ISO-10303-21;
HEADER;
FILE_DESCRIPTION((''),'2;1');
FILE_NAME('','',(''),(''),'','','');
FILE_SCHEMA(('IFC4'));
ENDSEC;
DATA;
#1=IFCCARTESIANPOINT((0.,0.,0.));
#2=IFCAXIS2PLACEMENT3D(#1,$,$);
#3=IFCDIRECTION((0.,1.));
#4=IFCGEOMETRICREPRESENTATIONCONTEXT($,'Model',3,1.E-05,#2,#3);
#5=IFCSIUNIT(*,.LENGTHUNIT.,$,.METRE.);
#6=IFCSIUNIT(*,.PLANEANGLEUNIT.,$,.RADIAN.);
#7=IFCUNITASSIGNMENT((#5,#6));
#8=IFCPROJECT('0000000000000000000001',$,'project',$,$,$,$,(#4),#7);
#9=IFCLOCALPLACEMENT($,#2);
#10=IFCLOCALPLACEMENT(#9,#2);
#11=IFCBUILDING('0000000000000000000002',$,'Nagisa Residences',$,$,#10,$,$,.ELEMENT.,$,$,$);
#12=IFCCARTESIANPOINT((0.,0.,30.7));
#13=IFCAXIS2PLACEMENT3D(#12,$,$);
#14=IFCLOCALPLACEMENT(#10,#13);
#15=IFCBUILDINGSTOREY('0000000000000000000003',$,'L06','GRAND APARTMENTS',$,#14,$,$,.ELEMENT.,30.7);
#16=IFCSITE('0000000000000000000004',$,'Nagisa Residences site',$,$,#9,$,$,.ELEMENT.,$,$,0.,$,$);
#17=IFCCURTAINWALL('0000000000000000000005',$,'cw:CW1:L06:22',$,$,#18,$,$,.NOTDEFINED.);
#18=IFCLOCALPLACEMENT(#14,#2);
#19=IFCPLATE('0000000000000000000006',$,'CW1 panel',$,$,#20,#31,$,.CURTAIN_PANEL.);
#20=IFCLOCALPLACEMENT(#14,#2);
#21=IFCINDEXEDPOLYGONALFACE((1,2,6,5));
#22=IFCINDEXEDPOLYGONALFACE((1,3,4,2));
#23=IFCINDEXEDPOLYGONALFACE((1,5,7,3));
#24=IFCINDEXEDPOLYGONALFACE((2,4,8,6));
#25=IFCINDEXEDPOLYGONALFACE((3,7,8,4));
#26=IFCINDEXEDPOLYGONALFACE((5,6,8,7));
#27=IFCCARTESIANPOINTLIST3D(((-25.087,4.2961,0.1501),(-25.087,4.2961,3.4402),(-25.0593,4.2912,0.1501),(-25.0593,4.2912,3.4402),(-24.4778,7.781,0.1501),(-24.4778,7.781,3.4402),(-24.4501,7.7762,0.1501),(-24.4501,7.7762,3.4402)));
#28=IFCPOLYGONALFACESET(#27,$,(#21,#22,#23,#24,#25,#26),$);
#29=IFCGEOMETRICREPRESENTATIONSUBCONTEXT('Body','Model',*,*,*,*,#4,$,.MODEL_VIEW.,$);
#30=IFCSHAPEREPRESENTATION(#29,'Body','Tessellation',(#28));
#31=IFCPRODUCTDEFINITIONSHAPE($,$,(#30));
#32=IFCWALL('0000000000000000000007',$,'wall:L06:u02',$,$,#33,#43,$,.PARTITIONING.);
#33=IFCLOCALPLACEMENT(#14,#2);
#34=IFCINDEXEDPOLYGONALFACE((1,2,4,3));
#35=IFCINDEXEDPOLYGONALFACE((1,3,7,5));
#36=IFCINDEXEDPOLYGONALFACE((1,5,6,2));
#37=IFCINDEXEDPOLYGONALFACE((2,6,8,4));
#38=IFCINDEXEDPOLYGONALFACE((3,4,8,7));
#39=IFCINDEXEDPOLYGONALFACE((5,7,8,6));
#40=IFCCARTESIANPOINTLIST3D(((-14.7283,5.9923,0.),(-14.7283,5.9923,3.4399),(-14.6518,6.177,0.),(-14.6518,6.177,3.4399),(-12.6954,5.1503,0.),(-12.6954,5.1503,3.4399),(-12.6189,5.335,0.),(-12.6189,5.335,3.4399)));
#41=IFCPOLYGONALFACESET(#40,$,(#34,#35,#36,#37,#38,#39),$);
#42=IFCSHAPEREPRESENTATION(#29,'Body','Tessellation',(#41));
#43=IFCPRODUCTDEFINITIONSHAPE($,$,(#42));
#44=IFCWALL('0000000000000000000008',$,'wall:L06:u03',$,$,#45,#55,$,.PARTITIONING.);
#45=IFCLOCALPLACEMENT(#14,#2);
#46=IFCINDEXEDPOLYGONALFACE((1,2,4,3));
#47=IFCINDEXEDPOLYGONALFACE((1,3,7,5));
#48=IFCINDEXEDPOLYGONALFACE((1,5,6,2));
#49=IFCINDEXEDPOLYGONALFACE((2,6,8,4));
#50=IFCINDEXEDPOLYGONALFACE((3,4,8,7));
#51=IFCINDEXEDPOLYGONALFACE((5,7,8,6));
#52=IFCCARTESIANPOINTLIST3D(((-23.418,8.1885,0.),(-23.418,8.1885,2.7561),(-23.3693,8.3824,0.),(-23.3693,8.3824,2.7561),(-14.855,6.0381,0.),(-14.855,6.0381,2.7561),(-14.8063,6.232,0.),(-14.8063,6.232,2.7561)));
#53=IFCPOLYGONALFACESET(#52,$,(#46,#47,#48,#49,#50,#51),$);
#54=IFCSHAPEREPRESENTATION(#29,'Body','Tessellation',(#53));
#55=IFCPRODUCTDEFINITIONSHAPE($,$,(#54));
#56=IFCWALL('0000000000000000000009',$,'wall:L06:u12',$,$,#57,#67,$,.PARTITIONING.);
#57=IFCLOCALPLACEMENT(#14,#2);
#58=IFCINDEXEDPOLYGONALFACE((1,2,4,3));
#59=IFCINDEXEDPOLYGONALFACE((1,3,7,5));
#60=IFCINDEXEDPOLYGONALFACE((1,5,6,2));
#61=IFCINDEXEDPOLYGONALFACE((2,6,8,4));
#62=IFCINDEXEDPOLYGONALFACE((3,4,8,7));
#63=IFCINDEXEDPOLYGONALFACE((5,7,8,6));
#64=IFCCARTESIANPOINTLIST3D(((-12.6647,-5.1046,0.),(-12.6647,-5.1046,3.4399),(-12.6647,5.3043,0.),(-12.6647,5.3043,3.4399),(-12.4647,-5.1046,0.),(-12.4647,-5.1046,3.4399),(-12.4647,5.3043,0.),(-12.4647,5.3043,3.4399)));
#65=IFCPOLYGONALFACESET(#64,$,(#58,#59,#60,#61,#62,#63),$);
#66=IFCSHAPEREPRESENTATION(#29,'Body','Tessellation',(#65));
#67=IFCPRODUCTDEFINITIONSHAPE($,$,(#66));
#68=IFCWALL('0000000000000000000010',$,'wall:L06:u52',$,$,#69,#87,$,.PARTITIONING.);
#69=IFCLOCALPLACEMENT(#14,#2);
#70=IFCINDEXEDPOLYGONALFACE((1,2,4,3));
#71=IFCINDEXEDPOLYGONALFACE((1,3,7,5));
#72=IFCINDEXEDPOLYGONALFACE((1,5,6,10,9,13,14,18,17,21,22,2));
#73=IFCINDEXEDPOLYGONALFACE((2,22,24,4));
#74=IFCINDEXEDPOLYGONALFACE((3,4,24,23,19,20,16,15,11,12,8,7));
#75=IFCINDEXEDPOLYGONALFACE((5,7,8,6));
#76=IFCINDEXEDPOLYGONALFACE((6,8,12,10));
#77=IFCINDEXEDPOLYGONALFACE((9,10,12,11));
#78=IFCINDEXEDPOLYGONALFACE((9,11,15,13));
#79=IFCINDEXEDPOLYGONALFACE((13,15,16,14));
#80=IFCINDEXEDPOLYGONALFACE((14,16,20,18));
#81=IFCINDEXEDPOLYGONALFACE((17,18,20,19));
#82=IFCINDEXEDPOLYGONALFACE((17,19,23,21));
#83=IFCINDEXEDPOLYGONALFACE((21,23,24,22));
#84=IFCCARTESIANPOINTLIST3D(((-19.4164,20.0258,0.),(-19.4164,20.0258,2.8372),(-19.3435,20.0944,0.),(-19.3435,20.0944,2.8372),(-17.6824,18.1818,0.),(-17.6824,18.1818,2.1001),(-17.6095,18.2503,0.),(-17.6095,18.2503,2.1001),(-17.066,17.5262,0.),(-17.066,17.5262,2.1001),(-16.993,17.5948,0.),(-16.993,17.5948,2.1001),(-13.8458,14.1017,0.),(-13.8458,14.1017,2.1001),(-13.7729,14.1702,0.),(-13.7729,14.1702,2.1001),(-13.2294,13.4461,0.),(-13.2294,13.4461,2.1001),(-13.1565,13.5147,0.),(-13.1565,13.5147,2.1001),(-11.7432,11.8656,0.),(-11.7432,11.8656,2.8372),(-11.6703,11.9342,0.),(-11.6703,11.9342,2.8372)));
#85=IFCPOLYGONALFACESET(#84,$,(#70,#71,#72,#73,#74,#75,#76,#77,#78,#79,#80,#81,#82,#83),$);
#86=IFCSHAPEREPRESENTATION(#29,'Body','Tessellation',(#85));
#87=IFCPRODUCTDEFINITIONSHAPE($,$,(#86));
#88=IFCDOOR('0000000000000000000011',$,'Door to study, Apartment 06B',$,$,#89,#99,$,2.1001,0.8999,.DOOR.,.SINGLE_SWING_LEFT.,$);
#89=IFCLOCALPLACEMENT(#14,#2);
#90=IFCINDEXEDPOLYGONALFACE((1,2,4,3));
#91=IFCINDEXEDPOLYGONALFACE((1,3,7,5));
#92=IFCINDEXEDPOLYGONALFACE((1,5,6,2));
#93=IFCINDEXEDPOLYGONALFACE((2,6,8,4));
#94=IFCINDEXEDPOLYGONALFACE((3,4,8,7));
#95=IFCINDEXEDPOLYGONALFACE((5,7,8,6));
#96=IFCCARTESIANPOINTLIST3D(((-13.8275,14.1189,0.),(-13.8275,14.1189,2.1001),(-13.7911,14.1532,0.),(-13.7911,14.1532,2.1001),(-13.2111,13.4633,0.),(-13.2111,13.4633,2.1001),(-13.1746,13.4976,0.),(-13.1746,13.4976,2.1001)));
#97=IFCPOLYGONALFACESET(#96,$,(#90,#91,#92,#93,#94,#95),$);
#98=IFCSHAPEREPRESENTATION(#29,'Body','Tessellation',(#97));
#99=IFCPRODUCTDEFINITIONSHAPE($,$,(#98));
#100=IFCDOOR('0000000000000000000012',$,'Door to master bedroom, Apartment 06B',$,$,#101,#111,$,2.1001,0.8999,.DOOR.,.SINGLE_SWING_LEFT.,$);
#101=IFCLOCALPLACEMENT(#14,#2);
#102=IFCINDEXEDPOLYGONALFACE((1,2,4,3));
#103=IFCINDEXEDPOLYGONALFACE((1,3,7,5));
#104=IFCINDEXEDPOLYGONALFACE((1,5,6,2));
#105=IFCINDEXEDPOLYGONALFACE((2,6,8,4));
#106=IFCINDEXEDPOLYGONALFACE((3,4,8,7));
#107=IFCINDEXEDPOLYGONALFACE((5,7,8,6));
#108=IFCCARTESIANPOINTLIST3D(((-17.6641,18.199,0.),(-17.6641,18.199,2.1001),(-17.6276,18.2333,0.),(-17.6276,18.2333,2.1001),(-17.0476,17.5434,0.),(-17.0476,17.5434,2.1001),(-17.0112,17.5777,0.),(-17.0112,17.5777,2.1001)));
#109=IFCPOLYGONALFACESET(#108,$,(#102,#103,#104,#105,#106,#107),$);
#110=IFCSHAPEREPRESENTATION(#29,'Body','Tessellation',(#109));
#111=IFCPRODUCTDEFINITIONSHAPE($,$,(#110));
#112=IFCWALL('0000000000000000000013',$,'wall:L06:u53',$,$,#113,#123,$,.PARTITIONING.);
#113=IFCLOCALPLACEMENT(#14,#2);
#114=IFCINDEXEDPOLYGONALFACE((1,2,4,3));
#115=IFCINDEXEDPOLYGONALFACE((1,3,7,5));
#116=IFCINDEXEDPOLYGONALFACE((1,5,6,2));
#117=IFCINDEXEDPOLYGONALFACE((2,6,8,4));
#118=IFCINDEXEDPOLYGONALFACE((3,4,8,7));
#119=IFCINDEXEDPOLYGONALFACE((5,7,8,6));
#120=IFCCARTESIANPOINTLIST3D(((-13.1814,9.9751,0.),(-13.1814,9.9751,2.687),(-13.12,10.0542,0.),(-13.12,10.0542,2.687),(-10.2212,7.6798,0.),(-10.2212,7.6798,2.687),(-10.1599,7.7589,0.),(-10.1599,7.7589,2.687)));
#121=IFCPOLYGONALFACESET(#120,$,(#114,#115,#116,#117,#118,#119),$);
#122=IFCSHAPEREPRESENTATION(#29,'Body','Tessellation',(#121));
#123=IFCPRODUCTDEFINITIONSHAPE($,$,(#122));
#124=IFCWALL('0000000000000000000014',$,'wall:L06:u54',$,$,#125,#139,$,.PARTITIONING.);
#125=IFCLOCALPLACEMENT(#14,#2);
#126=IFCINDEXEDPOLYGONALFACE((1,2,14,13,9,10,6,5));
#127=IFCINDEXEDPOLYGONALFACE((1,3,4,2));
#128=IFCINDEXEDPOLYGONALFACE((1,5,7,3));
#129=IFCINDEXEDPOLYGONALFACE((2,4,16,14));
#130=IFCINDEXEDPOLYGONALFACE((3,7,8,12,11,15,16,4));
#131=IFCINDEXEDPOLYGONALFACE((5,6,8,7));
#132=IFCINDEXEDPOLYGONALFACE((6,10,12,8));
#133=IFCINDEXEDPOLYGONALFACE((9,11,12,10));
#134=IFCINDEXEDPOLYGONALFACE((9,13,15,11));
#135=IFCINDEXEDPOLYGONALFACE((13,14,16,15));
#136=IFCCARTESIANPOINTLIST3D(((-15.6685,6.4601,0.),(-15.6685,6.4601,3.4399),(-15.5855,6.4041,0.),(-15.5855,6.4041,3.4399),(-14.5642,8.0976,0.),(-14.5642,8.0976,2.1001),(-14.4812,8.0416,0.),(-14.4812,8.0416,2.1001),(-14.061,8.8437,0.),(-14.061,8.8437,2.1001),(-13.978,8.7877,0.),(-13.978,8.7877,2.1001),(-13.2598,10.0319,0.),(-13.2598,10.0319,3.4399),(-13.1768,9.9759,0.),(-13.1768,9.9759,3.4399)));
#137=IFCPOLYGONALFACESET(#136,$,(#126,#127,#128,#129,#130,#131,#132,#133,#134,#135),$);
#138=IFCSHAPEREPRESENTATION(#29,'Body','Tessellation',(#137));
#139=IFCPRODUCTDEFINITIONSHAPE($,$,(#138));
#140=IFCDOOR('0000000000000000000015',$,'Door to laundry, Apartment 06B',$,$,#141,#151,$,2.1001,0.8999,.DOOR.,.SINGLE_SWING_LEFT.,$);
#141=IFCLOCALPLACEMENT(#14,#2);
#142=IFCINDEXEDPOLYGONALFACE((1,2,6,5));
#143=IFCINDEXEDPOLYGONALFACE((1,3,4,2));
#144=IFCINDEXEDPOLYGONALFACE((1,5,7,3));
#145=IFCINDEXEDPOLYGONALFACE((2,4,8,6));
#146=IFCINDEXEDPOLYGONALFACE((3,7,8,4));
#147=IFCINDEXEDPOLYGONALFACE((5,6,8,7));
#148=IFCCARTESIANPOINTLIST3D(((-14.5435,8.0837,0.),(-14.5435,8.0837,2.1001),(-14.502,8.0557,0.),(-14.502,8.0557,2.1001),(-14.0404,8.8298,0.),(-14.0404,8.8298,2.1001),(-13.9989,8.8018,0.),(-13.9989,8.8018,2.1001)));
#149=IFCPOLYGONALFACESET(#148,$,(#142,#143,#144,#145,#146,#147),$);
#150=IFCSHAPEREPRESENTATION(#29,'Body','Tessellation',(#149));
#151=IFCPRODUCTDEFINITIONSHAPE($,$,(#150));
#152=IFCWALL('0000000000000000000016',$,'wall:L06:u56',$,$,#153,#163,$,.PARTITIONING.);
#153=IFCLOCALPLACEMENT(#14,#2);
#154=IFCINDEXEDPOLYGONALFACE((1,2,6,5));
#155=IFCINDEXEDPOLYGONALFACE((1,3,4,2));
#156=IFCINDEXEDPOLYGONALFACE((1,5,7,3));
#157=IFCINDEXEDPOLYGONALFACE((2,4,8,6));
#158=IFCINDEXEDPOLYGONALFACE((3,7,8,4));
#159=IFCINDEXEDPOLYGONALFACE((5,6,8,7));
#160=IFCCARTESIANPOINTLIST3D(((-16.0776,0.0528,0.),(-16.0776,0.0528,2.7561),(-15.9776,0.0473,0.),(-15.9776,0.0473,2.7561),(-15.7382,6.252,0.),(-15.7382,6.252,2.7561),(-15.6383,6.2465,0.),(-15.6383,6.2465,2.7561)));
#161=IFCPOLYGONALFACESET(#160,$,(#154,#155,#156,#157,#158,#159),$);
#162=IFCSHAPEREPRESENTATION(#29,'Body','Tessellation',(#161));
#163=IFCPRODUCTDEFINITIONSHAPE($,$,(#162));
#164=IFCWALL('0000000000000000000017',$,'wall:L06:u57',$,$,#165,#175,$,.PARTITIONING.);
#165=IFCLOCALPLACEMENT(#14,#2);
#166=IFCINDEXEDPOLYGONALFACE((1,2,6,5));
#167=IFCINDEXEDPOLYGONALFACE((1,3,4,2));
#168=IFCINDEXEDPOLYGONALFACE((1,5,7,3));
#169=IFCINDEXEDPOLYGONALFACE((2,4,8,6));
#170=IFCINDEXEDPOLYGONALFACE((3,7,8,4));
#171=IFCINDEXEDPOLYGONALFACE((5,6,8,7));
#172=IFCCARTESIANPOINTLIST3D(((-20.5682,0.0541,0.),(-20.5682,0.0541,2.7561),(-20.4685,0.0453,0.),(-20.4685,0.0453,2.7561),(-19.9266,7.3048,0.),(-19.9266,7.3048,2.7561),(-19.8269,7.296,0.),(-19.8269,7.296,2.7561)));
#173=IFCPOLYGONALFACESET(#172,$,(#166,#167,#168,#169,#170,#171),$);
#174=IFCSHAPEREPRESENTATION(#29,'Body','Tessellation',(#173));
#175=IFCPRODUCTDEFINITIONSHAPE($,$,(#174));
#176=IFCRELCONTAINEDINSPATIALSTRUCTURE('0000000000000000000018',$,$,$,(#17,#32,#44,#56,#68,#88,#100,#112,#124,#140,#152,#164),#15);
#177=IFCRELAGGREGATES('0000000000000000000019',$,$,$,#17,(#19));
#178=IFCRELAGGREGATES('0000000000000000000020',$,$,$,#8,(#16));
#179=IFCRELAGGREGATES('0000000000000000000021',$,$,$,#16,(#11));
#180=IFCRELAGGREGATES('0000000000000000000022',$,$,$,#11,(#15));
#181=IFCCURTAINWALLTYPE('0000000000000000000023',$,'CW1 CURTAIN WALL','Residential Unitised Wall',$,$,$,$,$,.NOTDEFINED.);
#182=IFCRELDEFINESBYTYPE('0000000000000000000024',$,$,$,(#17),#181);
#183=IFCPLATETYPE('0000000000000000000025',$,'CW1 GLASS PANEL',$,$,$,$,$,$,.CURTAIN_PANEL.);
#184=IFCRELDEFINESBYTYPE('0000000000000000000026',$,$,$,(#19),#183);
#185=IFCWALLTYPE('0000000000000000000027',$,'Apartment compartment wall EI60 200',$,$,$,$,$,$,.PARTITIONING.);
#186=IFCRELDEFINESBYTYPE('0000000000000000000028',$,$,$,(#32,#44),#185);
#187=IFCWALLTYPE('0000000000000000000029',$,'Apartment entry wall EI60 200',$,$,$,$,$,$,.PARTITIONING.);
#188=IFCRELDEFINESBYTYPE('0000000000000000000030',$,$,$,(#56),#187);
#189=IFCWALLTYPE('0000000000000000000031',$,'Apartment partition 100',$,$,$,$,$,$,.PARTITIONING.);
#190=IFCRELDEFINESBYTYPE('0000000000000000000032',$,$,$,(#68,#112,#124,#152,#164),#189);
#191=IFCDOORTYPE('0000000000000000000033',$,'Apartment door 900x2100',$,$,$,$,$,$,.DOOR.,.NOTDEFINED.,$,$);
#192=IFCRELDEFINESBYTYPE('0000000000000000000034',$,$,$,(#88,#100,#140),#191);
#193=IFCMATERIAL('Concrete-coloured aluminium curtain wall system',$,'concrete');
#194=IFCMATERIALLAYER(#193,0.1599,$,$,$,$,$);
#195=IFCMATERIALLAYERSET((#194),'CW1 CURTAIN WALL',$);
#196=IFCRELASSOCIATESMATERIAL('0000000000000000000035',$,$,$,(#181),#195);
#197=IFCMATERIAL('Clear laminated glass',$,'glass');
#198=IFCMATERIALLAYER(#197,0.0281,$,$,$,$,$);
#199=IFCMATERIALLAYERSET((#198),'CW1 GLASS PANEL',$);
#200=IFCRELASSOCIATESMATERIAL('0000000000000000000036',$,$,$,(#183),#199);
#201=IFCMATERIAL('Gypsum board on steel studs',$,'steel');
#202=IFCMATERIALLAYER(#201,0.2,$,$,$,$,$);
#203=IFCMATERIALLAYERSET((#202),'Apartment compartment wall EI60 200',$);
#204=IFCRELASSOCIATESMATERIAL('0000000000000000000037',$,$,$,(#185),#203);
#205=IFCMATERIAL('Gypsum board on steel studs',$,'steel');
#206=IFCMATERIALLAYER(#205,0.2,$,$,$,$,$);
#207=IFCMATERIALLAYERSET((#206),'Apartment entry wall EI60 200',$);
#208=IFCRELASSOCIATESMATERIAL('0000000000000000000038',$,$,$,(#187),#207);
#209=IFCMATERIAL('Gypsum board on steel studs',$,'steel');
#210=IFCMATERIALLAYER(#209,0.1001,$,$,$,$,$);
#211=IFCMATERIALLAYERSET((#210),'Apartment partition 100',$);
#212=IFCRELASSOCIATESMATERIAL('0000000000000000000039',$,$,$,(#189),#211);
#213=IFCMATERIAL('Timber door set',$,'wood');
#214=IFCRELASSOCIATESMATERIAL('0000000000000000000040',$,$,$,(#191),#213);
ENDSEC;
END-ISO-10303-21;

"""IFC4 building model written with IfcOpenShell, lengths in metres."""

from ifc_helpers import new_model, si_unit, direction, frame, frame_2d, origin, origin_2d, place, context, subcontext, project, spatial, rectangle, extrude, material, layer, layer_set, type_object, element, fill, aggregate, save


model = new_model("IFC4")

# Units and contexts
model_context = context("Model", 3, precision=1e-05, world=origin(), true_north=direction((0.0, 1.0)))
body_context = subcontext(model_context, "Body", "Model", "MODEL_VIEW")
ifc_project = project(units=[si_unit("LENGTHUNIT", "METRE"), si_unit("PLANEANGLEUNIT", "RADIAN")], contexts=[model_context])

# Site, building, storey
site_placement = place(None, origin())
site = spatial("IfcSite", under=ifc_project, at=site_placement, Name="Nagisa Residences site", CompositionType="ELEMENT", RefElevation=0.0)
building_placement = place(site_placement, origin())
building = spatial("IfcBuilding", under=site, at=building_placement, Name="Nagisa Residences", CompositionType="ELEMENT")
storey_placement = place(building_placement, frame((0.0, 0.0, 30.7)))
storey = spatial("IfcBuildingStorey", under=building, at=storey_placement, Name="L06", Description="GRAND APARTMENTS", CompositionType="ELEMENT", Elevation=30.7)

# Curtain wall
ifc_material_1 = material(Name="Concrete-coloured aluminium curtain wall system", Category="concrete")
ifc_layer_1 = layer(ifc_material_1, 0.1599)
ifc_layer_set_1 = layer_set([ifc_layer_1], Name="CW1 CURTAIN WALL")
curtain_wall_type = type_object("IfcCurtainWallType", Name="CW1 CURTAIN WALL", Description="Residential Unitised Wall", PredefinedType="NOTDEFINED", material=ifc_layer_set_1)
curtain_wall_1_placement = place(storey_placement, origin())
curtain_wall_1 = element("IfcCurtainWall", 1, at=curtain_wall_1_placement, inside=storey, type_object=curtain_wall_type, Name="cw:CW1:L06:22", PredefinedType="NOTDEFINED")

# Plate
ifc_material_2 = material(Name="Clear laminated glass", Category="glass")
ifc_layer_2 = layer(ifc_material_2, 0.0281)
ifc_layer_set_2 = layer_set([ifc_layer_2], Name="CW1 GLASS PANEL")
plate_type = type_object("IfcPlateType", Name="CW1 GLASS PANEL", PredefinedType="CURTAIN_PANEL", material=ifc_layer_set_2)
plate_1_placement = place(storey_placement, frame((-24.7686, 6.0361, 0.1501), z_axis=(0.0, 0.0, 1.0), x_axis=(-0.172191, -0.985064, 0.0)))
plate_1 = element("IfcPlate", 2, at=plate_1_placement, type_object=plate_type, Name="CW1 panel", PredefinedType="CURTAIN_PANEL", context=body_context, shape_type="SweptSolid", body=[
    extrude(rectangle(XDim=3.5378, YDim=0.0281, at=origin_2d()), origin(), (0.0, 0.0, 1.0), 3.29),
])
aggregate(curtain_wall_1, [plate_1])

# Walls
ifc_material_3 = material(Name="Gypsum board on steel studs", Category="steel")
ifc_layer_3 = layer(ifc_material_3, 0.2)
ifc_layer_set_3 = layer_set([ifc_layer_3], Name="Apartment compartment wall EI60 200")
wall_type_1 = type_object("IfcWallType", Name="Apartment compartment wall EI60 200", PredefinedType="PARTITIONING", material=ifc_layer_set_3)
wall_1_placement = place(storey_placement, frame((-12.6572, 5.2427, 0.0), z_axis=(0.0, 0.0, 1.0), x_axis=(-0.923886, 0.382669, 0.0)))
element("IfcWall", 3, at=wall_1_placement, inside=storey, type_object=wall_type_1, Name="wall:L06:u02", PredefinedType="PARTITIONING", context=body_context, shape_type="SweptSolid", body=[
    extrude(rectangle(XDim=2.2004, YDim=0.2, at=frame_2d((1.1001, 0.0))), origin(), (0.0, 0.0, 1.0), 3.4399),
])
wall_2_placement = place(storey_placement, frame((-14.8306, 6.135, 0.0), z_axis=(0.0, 0.0, 1.0), x_axis=(-0.969885, 0.243564, 0.0)))
element("IfcWall", 4, at=wall_2_placement, inside=storey, type_object=wall_type_1, Name="wall:L06:u03", PredefinedType="PARTITIONING", context=body_context, shape_type="SweptSolid", body=[
    extrude(rectangle(XDim=8.8289, YDim=0.2, at=frame_2d((4.4146, 0.0))), origin(), (0.0, 0.0, 1.0), 2.7561),
])
ifc_material_4 = material(Name="Gypsum board on steel studs", Category="steel")
ifc_layer_4 = layer(ifc_material_4, 0.2)
ifc_layer_set_4 = layer_set([ifc_layer_4], Name="Apartment entry wall EI60 200")
wall_type_2 = type_object("IfcWallType", Name="Apartment entry wall EI60 200", PredefinedType="PARTITIONING", material=ifc_layer_set_4)
wall_3_placement = place(storey_placement, frame((-12.5647, 5.3044, 0.0), z_axis=(0.0, 0.0, 1.0), x_axis=(0.0, -1.0, 0.0)))
element("IfcWall", 5, at=wall_3_placement, inside=storey, type_object=wall_type_2, Name="wall:L06:u12", PredefinedType="PARTITIONING", context=body_context, shape_type="SweptSolid", body=[
    extrude(rectangle(XDim=10.4089, YDim=0.2, at=frame_2d((5.2046, 0.0))), origin(), (0.0, 0.0, 1.0), 3.4399),
])

# Wall, openings, doors
ifc_material_5 = material(Name="Gypsum board on steel studs", Category="steel")
ifc_layer_5 = layer(ifc_material_5, 0.1001)
ifc_layer_set_5 = layer_set([ifc_layer_5], Name="Apartment partition 100")
wall_type_3 = type_object("IfcWallType", Name="Apartment partition 100", PredefinedType="PARTITIONING", material=ifc_layer_set_5)
wall_4_placement = place(storey_placement, frame((-11.7068, 11.8999, 0.0), z_axis=(0.0, 0.0, 1.0), x_axis=(-0.685031, 0.728514, 0.0)))
wall_4 = element("IfcWall", 6, at=wall_4_placement, inside=storey, type_object=wall_type_3, Name="wall:L06:u52", PredefinedType="PARTITIONING", context=body_context, shape_type="SweptSolid", body=[
    extrude(rectangle(XDim=11.2012, YDim=0.1001, at=frame_2d((5.6006, 0.0))), origin(), (0.0, 0.0, 1.0), 2.8372),
])
opening_1_placement = place(wall_4_placement, frame((2.1694, 0.0, 0.0)))
opening_1 = element("IfcOpeningElement", 7, at=opening_1_placement, cuts=wall_4, PredefinedType="OPENING", context=body_context, shape_type="SweptSolid", body=[
    extrude(rectangle(XDim=0.8999, YDim=2.1001, at=frame_2d((0.45, 1.05))), frame((0.0, 0.0601, 0.0), z_axis=(0.0, -1.0, 0.0), x_axis=(1.0, 0.0, 0.0)), (0.0, 0.0, 1.0), 0.1201),
])
opening_2_placement = place(wall_4_placement, frame((7.77, 0.0, 0.0)))
opening_2 = element("IfcOpeningElement", 8, at=opening_2_placement, cuts=wall_4, PredefinedType="OPENING", context=body_context, shape_type="SweptSolid", body=[
    extrude(rectangle(XDim=0.8999, YDim=2.1001, at=frame_2d((0.45, 1.05))), frame((0.0, 0.0601, 0.0), z_axis=(0.0, -1.0, 0.0), x_axis=(1.0, 0.0, 0.0)), (0.0, 0.0, 1.0), 0.1201),
])
ifc_material_6 = material(Name="Timber door set", Category="wood")
door_type_1 = type_object("IfcDoorType", Name="Apartment door 900x2100", OperationType="NOTDEFINED", PredefinedType="DOOR", material=ifc_material_6)
door_1_placement = place(opening_1_placement, origin())
door_1 = element("IfcDoor", 9, at=door_1_placement, inside=storey, type_object=door_type_1, Name="Door to study, Apartment 06B", OperationType="SINGLE_SWING_LEFT", OverallHeight=2.1001, OverallWidth=0.8999, PredefinedType="DOOR", context=body_context, shape_type="SweptSolid", body=[
    extrude(rectangle(XDim=0.8999, YDim=2.1001, at=frame_2d((0.45, 1.05))), frame((0.0, 0.0249, 0.0), z_axis=(0.0, -1.0, 0.0), x_axis=(1.0, 0.0, 0.0)), (0.0, 0.0, 1.0), 0.05),
])
fill(opening_1, door_1)
door_2_placement = place(opening_2_placement, origin())
door_2 = element("IfcDoor", 10, at=door_2_placement, inside=storey, type_object=door_type_1, Name="Door to master bedroom, Apartment 06B", OperationType="SINGLE_SWING_LEFT", OverallHeight=2.1001, OverallWidth=0.8999, PredefinedType="DOOR", context=body_context, shape_type="SweptSolid", body=[
    extrude(rectangle(XDim=0.8999, YDim=2.1001, at=frame_2d((0.45, 1.05))), frame((0.0, 0.0249, 0.0), z_axis=(0.0, -1.0, 0.0), x_axis=(1.0, 0.0, 0.0)), (0.0, 0.0, 1.0), 0.05),
])
fill(opening_2, door_2)

# Wall
wall_5_placement = place(storey_placement, frame((-10.1904, 7.7192, 0.0), z_axis=(0.0, 0.0, 1.0), x_axis=(-0.790253, 0.61278, 0.0)))
element("IfcWall", 11, at=wall_5_placement, inside=storey, type_object=wall_type_3, Name="wall:L06:u53", PredefinedType="PARTITIONING", context=body_context, shape_type="SweptSolid", body=[
    extrude(rectangle(XDim=3.7458, YDim=0.1001, at=frame_2d((1.873, 0.0))), origin(), (0.0, 0.0, 1.0), 2.687),
])

# Wall, opening, door
wall_6_placement = place(storey_placement, frame((-13.2183, 10.0039, 0.0), z_axis=(0.0, 0.0, 1.0), x_axis=(-0.559113, -0.829092, 0.0)))
wall_6 = element("IfcWall", 12, at=wall_6_placement, inside=storey, type_object=wall_type_3, Name="wall:L06:u54", PredefinedType="PARTITIONING", context=body_context, shape_type="SweptSolid", body=[
    extrude(rectangle(XDim=4.3081, YDim=0.1001, at=frame_2d((2.1541, 0.0))), origin(), (0.0, 0.0, 1.0), 3.4399),
])
opening_3_placement = place(wall_6_placement, frame((1.4331, 0.0, 0.0)))
opening_3 = element("IfcOpeningElement", 13, at=opening_3_placement, cuts=wall_6, PredefinedType="OPENING", context=body_context, shape_type="SweptSolid", body=[
    extrude(rectangle(XDim=0.8999, YDim=2.1001, at=frame_2d((0.45, 1.05))), frame((0.0, 0.0601, 0.0), z_axis=(0.0, -1.0, 0.0), x_axis=(1.0, 0.0, 0.0)), (0.0, 0.0, 1.0), 0.1201),
])
door_3_placement = place(opening_3_placement, origin())
door_3 = element("IfcDoor", 14, at=door_3_placement, inside=storey, type_object=door_type_1, Name="Door to laundry, Apartment 06B", OperationType="SINGLE_SWING_LEFT", OverallHeight=2.1001, OverallWidth=0.8999, PredefinedType="DOOR", context=body_context, shape_type="SweptSolid", body=[
    extrude(rectangle(XDim=0.8999, YDim=2.1001, at=frame_2d((0.45, 1.05))), frame((0.0, 0.0249, 0.0), z_axis=(0.0, -1.0, 0.0), x_axis=(1.0, 0.0, 0.0)), (0.0, 0.0, 1.0), 0.05),
])
fill(opening_3, door_3)

# Walls
wall_7_placement = place(storey_placement, frame((-15.6882, 6.2493, 0.0), z_axis=(0.0, 0.0, 1.0), x_axis=(-0.05466, -0.998505, 0.0)))
element("IfcWall", 15, at=wall_7_placement, inside=storey, type_object=wall_type_3, Name="wall:L06:u56", PredefinedType="PARTITIONING", context=body_context, shape_type="SweptSolid", body=[
    extrude(rectangle(XDim=6.2085, YDim=0.1001, at=frame_2d((3.1042, 0.0))), origin(), (0.0, 0.0, 1.0), 2.7561),
])
wall_8_placement = place(storey_placement, frame((-19.8767, 7.3005, 0.0), z_axis=(0.0, 0.0, 1.0), x_axis=(-0.088143, -0.996108, 0.0)))
element("IfcWall", 16, at=wall_8_placement, inside=storey, type_object=wall_type_3, Name="wall:L06:u57", PredefinedType="PARTITIONING", context=body_context, shape_type="SweptSolid", body=[
    extrude(rectangle(XDim=7.2791, YDim=0.1001, at=frame_2d((3.6396, 0.0))), origin(), (0.0, 0.0, 1.0), 2.7561),
])

save(model, "model.ifc")
